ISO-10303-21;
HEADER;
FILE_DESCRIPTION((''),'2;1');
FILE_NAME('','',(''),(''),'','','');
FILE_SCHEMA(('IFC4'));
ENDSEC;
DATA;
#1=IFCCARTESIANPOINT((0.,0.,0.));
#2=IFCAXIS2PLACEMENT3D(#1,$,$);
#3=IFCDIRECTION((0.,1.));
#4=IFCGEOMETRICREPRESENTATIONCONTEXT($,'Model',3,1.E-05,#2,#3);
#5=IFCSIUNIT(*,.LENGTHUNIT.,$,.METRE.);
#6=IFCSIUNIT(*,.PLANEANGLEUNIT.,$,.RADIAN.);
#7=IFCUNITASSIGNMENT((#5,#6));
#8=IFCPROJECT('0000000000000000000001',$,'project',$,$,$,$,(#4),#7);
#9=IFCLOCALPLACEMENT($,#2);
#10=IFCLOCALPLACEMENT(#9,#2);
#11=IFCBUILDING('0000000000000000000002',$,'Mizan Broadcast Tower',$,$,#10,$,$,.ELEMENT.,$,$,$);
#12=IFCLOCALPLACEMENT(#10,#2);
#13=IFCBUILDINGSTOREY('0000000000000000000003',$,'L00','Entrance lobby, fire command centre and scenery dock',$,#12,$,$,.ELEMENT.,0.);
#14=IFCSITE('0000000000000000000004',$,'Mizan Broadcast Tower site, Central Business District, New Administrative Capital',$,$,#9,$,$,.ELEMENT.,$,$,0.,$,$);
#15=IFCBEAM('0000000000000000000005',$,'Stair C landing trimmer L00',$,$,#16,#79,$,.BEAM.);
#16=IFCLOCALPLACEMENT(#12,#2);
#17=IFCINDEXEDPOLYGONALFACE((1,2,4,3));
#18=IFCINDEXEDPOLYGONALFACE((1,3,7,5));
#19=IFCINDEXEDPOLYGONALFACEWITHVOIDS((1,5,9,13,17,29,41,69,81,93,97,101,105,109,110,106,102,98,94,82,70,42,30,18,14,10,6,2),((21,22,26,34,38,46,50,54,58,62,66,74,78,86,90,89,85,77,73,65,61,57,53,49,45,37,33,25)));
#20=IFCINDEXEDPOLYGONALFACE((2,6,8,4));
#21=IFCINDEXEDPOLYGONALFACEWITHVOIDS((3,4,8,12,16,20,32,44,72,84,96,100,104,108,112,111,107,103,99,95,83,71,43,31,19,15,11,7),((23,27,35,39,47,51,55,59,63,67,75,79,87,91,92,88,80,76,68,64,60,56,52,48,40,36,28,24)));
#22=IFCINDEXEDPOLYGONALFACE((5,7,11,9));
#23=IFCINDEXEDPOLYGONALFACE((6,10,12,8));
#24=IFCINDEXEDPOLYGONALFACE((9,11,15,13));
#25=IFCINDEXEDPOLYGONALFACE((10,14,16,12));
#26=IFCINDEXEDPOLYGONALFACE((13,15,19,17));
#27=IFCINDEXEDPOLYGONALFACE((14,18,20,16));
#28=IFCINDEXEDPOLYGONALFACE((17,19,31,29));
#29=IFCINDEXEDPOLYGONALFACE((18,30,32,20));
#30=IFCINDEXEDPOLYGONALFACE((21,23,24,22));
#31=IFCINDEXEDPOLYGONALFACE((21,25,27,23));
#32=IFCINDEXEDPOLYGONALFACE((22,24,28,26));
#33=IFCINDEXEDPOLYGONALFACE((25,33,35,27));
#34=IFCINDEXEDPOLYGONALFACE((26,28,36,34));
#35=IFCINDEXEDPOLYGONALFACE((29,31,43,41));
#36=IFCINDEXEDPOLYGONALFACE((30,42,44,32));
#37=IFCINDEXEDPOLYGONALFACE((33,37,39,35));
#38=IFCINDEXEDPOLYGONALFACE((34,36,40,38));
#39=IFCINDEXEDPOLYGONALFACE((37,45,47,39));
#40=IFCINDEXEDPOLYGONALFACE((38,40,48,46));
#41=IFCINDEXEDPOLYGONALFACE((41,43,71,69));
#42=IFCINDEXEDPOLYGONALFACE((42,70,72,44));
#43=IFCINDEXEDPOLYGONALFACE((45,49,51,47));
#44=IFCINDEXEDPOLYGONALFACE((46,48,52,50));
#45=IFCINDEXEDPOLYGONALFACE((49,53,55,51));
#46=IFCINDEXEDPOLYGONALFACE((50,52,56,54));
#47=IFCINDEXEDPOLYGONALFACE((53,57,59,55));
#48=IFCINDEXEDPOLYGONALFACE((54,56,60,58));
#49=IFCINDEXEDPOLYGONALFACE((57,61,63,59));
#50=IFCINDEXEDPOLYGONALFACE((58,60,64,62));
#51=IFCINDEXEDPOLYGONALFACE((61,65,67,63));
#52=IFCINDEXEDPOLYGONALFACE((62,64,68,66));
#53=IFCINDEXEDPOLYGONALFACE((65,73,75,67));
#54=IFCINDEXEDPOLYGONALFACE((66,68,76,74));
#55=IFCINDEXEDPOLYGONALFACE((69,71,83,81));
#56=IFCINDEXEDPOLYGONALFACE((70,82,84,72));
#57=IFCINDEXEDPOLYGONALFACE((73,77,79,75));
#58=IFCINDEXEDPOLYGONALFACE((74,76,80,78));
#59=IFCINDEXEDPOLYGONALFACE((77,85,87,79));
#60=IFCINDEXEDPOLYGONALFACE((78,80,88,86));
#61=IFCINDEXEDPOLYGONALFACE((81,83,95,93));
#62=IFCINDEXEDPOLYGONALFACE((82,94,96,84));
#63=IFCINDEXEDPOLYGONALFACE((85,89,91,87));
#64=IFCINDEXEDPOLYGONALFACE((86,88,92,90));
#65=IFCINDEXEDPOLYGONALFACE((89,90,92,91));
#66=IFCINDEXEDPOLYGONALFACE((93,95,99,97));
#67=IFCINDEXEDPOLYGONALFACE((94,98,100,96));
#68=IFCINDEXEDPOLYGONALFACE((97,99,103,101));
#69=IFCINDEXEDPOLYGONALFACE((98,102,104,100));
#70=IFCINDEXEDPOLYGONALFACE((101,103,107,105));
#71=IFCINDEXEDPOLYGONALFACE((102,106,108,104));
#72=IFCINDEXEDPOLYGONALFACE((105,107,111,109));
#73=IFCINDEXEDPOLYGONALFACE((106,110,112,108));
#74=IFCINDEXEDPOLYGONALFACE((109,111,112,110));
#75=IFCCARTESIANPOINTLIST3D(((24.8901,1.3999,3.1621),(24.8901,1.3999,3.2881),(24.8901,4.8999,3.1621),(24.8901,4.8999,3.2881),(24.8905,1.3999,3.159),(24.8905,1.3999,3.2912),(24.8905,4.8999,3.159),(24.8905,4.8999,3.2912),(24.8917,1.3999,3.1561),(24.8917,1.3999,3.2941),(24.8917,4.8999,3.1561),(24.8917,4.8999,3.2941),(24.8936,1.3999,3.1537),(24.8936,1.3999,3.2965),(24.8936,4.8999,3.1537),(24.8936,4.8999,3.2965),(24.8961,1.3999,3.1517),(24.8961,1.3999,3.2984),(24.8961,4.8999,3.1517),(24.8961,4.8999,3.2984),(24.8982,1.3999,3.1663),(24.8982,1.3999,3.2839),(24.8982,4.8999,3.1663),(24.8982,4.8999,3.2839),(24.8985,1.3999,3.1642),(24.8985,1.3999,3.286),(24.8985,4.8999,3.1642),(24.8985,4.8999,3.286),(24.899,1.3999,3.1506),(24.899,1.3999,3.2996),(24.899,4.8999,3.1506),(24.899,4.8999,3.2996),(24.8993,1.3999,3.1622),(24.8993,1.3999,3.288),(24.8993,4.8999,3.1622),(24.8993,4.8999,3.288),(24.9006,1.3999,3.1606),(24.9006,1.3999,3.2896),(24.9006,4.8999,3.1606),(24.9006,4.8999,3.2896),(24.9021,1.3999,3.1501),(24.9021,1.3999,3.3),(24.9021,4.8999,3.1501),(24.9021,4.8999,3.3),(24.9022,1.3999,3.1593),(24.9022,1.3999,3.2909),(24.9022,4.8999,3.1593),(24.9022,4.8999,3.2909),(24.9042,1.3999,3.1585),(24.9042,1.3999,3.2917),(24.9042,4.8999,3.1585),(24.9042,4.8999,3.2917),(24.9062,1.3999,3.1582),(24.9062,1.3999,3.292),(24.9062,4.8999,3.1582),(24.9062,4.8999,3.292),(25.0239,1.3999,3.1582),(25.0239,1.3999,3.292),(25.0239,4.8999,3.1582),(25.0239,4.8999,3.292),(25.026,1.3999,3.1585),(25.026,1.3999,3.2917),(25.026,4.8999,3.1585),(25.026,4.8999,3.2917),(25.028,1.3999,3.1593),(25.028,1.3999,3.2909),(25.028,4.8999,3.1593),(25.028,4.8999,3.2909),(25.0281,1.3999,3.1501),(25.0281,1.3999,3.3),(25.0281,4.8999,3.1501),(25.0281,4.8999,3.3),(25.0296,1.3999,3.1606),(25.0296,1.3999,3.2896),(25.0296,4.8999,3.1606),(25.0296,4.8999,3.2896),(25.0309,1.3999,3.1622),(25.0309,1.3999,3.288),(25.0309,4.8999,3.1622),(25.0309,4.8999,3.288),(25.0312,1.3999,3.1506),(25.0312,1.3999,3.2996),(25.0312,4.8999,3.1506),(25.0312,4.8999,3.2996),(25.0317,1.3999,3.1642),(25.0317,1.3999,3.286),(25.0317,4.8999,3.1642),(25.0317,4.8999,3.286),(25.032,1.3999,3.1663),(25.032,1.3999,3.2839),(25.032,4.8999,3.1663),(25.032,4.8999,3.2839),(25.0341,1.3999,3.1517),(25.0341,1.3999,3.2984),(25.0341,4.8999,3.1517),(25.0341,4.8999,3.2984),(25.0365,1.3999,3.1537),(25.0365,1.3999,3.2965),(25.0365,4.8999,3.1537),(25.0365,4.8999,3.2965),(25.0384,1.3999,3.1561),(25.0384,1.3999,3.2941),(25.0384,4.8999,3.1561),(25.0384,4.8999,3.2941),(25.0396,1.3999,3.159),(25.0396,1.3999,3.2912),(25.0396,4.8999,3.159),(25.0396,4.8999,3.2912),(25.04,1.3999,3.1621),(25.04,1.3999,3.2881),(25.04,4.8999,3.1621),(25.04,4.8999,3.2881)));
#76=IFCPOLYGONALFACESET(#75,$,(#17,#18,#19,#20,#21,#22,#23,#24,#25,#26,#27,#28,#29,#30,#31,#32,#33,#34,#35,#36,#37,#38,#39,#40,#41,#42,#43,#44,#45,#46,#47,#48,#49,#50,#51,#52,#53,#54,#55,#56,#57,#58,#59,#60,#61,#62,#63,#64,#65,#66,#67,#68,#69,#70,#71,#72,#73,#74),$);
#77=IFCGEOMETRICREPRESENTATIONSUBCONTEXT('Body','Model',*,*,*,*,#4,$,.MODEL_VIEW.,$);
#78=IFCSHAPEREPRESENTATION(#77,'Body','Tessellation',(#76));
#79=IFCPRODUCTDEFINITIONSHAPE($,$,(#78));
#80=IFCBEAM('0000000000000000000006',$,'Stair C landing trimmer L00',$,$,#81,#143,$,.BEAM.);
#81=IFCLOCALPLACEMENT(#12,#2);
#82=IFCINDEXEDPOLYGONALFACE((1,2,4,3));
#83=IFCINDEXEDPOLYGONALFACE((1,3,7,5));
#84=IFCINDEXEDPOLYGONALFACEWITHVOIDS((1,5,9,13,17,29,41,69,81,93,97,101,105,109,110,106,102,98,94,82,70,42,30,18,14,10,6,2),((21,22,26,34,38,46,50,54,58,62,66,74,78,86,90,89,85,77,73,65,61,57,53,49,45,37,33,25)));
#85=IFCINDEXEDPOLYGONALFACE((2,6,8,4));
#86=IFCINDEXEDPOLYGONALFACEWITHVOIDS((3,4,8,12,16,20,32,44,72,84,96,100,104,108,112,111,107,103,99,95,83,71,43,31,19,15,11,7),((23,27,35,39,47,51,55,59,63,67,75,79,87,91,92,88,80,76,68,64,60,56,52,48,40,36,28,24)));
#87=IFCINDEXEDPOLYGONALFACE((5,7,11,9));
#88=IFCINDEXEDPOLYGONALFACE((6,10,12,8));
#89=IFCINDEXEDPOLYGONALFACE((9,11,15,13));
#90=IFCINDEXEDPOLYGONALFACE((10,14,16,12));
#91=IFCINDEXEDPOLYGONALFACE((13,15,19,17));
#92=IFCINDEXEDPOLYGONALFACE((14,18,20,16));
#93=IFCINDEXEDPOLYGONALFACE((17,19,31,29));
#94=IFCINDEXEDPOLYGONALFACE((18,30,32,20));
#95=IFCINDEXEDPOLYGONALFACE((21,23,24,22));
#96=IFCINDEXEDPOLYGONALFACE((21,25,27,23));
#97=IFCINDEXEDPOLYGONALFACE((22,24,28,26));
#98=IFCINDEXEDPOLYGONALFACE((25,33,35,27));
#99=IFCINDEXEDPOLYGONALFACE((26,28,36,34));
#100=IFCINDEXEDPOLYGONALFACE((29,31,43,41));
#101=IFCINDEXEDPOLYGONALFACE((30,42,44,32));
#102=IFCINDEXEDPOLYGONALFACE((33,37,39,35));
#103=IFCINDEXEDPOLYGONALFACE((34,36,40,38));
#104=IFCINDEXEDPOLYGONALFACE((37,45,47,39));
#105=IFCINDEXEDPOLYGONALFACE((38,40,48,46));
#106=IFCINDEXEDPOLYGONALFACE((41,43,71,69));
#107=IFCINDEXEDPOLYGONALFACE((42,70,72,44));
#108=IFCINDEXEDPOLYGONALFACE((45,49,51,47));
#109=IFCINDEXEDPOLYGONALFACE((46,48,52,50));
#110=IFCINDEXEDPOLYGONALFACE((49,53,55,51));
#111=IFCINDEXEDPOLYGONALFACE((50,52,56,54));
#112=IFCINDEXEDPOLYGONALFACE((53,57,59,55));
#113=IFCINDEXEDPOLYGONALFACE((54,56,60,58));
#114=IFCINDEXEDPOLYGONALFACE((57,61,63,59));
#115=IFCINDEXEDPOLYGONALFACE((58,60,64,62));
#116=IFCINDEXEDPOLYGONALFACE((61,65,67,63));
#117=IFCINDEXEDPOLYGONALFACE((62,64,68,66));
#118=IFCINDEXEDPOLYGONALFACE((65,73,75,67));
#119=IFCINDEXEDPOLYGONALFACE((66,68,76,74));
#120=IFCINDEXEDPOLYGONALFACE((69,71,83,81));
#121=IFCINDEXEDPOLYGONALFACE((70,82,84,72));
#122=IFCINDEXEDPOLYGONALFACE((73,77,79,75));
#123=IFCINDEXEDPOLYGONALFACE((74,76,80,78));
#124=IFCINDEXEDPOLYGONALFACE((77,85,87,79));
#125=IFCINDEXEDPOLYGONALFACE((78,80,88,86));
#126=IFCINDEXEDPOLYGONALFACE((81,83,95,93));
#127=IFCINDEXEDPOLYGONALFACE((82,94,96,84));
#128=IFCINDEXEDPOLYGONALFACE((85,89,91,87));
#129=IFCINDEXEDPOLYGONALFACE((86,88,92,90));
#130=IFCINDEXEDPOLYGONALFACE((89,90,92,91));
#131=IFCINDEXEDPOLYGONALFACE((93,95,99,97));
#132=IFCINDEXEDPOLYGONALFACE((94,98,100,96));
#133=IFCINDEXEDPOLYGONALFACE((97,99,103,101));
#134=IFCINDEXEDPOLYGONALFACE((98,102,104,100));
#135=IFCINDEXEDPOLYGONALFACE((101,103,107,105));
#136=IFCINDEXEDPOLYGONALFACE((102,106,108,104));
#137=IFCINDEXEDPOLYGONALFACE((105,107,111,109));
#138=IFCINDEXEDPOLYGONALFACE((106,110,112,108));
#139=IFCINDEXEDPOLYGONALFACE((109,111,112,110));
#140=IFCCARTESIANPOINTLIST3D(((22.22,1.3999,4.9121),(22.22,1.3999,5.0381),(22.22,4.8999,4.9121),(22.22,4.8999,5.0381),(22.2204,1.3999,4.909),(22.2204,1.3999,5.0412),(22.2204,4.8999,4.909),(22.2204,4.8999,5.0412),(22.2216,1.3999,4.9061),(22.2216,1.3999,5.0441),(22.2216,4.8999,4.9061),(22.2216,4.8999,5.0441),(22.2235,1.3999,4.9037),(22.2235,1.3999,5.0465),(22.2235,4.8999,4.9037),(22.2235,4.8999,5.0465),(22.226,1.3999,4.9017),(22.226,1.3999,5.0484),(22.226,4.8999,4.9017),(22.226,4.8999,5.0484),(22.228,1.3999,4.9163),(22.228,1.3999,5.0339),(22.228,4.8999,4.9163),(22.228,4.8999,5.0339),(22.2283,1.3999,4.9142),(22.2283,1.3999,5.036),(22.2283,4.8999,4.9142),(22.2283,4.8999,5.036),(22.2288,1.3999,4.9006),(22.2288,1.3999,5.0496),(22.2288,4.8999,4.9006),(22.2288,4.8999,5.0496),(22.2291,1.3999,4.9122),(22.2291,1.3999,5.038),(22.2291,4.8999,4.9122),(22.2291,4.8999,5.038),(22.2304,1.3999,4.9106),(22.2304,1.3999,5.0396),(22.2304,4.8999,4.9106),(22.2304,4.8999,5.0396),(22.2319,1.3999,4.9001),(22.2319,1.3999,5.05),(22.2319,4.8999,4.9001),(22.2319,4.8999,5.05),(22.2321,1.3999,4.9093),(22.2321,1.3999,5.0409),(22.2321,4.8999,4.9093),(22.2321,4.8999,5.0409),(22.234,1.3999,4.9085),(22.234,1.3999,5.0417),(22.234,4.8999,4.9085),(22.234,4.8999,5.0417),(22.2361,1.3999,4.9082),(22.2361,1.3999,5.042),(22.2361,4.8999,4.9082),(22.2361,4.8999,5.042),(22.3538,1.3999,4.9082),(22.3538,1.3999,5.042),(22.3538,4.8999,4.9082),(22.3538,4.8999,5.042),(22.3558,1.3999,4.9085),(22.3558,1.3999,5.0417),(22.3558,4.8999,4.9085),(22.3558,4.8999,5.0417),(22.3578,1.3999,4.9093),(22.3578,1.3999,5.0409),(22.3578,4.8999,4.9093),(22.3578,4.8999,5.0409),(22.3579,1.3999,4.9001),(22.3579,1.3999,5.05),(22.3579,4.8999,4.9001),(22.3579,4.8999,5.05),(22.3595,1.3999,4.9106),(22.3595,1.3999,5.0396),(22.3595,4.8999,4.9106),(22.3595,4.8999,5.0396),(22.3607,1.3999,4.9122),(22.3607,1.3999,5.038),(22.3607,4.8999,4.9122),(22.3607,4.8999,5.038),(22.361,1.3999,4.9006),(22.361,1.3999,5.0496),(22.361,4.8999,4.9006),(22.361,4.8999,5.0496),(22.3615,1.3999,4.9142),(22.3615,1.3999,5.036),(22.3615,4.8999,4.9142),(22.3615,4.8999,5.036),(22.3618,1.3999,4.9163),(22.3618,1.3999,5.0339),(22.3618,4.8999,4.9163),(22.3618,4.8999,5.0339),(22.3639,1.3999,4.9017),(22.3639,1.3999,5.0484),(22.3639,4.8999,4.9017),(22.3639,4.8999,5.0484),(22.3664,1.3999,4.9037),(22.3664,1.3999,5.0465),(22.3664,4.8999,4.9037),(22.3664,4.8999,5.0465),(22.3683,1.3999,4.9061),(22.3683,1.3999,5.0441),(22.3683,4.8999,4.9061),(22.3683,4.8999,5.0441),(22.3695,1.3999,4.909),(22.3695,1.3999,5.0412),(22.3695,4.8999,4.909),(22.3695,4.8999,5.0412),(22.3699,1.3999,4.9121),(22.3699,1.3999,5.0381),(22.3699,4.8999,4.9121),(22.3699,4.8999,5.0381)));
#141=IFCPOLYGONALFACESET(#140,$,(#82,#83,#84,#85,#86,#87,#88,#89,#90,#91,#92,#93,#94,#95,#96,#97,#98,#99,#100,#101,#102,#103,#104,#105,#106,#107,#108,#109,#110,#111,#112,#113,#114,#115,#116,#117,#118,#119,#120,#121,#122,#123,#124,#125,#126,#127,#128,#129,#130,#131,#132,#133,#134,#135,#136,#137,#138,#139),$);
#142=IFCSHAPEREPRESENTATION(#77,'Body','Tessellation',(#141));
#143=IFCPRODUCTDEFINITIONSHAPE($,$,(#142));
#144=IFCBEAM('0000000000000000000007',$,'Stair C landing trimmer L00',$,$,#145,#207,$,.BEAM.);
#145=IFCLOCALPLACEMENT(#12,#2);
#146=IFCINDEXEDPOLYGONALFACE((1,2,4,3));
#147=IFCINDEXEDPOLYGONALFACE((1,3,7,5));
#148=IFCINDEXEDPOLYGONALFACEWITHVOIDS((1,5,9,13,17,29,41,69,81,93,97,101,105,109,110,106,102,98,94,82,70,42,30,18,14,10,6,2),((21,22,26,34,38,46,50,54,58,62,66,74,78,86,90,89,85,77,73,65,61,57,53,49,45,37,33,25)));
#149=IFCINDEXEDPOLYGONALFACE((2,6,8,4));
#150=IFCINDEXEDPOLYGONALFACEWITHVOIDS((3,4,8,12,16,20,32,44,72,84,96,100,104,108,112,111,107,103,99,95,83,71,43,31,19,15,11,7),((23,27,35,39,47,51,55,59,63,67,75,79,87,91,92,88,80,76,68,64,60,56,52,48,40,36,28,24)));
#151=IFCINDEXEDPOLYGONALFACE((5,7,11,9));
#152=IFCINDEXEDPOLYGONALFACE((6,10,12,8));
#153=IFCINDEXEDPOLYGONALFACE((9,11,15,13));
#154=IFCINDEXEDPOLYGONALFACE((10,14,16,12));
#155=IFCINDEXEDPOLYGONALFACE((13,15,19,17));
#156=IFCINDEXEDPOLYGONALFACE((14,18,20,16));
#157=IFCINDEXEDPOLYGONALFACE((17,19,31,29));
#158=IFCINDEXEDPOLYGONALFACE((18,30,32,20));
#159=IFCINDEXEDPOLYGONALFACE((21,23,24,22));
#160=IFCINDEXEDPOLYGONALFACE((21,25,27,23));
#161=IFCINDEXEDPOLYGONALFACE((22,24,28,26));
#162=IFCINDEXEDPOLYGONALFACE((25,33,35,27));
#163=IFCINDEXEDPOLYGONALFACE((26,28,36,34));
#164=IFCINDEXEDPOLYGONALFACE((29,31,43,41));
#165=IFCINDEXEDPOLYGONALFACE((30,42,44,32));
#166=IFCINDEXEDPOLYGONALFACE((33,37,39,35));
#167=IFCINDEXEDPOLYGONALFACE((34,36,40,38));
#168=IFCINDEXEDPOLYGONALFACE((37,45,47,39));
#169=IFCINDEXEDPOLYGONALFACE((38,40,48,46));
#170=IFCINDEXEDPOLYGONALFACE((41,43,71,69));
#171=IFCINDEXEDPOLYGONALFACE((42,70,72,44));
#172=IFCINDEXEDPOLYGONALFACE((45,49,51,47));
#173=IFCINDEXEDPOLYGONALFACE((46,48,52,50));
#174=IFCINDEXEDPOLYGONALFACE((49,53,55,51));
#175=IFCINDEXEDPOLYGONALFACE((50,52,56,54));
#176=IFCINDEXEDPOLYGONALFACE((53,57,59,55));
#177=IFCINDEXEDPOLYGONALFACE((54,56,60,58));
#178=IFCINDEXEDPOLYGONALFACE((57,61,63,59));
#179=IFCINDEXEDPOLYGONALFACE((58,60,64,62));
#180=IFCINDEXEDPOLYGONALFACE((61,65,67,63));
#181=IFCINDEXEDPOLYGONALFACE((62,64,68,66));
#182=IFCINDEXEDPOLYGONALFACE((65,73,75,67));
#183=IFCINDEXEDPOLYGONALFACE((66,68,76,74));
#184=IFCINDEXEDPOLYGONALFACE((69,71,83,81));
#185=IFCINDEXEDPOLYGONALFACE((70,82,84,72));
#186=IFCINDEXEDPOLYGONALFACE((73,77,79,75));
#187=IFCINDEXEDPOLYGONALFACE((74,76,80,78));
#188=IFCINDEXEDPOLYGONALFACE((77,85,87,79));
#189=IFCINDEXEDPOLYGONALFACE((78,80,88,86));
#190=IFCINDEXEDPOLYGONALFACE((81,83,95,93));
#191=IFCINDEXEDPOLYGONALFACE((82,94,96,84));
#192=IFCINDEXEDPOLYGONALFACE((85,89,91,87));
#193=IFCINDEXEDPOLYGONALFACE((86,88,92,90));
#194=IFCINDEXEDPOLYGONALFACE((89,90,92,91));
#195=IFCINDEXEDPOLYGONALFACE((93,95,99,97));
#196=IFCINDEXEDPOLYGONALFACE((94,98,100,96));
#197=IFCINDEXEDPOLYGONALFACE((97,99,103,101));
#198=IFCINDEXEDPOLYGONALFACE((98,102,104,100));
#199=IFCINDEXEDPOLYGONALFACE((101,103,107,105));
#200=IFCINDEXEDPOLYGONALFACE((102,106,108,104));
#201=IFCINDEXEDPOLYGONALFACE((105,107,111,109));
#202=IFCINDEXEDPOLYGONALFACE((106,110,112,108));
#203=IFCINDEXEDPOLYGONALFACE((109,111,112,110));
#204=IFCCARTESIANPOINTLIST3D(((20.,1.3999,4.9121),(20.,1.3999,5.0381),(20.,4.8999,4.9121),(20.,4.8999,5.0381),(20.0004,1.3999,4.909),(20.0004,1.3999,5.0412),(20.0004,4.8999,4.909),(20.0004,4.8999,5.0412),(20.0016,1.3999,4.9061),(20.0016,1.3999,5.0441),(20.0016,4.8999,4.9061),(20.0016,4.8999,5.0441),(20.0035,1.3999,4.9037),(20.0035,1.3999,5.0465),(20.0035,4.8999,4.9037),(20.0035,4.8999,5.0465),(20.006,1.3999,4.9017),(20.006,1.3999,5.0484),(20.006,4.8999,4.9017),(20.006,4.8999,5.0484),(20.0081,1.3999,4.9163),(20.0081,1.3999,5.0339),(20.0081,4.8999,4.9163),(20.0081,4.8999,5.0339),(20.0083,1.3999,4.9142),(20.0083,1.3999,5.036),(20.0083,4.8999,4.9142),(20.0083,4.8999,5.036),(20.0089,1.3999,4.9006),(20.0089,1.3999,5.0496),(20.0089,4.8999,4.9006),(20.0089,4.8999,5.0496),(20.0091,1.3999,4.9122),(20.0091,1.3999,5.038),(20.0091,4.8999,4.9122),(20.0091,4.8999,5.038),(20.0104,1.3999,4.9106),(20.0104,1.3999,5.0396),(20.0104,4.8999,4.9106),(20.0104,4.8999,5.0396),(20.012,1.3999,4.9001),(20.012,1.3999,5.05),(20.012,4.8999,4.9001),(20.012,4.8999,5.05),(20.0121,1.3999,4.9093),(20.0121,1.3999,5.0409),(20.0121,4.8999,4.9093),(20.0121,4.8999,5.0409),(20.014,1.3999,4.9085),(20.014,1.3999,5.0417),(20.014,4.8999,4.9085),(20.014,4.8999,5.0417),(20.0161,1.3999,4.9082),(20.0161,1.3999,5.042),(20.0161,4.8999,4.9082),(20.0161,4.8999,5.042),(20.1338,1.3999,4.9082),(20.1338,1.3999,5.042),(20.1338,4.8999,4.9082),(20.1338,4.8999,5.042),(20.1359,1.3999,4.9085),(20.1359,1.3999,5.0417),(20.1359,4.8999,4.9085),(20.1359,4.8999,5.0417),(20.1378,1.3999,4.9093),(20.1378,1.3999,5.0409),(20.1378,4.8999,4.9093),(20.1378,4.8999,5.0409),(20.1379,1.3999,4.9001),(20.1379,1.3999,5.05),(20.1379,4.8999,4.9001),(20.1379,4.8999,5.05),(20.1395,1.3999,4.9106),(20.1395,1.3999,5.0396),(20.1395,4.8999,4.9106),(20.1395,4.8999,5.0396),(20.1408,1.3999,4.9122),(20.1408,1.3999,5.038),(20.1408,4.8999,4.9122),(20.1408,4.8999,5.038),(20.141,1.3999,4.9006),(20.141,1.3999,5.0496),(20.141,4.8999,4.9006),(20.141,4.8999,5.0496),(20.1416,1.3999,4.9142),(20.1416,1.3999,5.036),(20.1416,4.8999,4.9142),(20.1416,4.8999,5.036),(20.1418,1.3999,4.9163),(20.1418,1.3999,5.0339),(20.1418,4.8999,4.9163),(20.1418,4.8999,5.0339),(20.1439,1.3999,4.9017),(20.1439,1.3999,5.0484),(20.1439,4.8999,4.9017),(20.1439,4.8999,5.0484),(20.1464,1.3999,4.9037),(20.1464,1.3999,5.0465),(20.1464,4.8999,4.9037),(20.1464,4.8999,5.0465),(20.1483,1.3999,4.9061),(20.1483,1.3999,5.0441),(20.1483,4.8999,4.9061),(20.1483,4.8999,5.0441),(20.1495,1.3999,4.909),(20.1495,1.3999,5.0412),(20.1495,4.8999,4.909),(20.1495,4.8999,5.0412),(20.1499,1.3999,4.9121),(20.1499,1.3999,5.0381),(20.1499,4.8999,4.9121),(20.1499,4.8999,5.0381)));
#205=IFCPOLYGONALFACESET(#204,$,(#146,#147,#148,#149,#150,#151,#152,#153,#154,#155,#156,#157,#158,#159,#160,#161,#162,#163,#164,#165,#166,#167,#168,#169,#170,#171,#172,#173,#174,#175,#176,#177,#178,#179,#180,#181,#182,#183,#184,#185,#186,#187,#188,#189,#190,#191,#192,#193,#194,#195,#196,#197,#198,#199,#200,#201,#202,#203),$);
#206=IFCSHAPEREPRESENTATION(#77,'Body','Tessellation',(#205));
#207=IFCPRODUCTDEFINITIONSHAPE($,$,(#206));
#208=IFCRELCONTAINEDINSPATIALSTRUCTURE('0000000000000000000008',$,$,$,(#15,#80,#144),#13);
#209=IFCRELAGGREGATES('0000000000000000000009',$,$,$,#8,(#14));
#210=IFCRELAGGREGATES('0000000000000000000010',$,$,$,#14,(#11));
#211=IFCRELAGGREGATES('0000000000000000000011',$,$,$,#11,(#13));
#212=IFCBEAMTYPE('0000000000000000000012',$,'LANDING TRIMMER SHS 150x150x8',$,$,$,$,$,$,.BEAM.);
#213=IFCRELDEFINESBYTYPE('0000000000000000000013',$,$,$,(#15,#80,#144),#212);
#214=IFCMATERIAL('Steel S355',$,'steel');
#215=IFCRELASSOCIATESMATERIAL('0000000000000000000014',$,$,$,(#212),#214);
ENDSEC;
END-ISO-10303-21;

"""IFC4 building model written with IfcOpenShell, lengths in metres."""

from ifc_helpers import new_model, si_unit, direction, frame, origin, origin_2d, place, context, subcontext, project, spatial, hollow_rectangle, extrude, material, material_profile, profile_set, type_object, element, save


model = new_model("IFC4")

# Units and contexts
model_context = context("Model", 3, precision=1e-05, world=origin(), true_north=direction((0.0, 1.0)))
body_context = subcontext(model_context, "Body", "Model", "MODEL_VIEW")
ifc_project = project(units=[si_unit("LENGTHUNIT", "METRE"), si_unit("PLANEANGLEUNIT", "RADIAN")], contexts=[model_context])

# Site, building, storey
site_placement = place(None, origin())
site = spatial("IfcSite", under=ifc_project, at=site_placement, Name="Mizan Broadcast Tower site, Central Business District, New Administrative Capital", CompositionType="ELEMENT", RefElevation=0.0)
building_placement = place(site_placement, origin())
building = spatial("IfcBuilding", under=site, at=building_placement, Name="Mizan Broadcast Tower", CompositionType="ELEMENT")
storey_placement = place(building_placement, origin())
storey = spatial("IfcBuildingStorey", under=building, at=storey_placement, Name="L00", Description="Entrance lobby, fire command centre and scenery dock", CompositionType="ELEMENT", Elevation=0.0)

# Beams
ifc_material_1 = material(Name="Steel S355", Category="steel")
ifc_material_profile_1 = material_profile(ifc_material_1, hollow_rectangle(XDim=0.1499, YDim=0.1499, WallThickness=0.0081, InnerFilletRadius=0.0081, OuterFilletRadius=0.012, at=origin_2d()), Name="SHS 150x150x8")
ifc_profile_set_1 = profile_set([ifc_material_profile_1], Name="Steel S355")
beam_type = type_object("IfcBeamType", Name="LANDING TRIMMER SHS 150x150x8", PredefinedType="BEAM", material=ifc_profile_set_1)
for number, where, z_axis, x_axis, name in (
    (1, (24.9651, 1.3999, 3.2251), (0.0, 1.0, 0.0), (-1.0, 0.0, 0.0), "Stair C landing trimmer L00"),
    (2, (22.2949, 1.3999, 4.9751), (0.0, 1.0, 0.0), (-1.0, 0.0, 0.0), "Stair C landing trimmer L00"),
    (3, (20.075, 1.3999, 4.9751), (0.0, 1.0, 0.0), (-1.0, 0.0, 0.0), "Stair C landing trimmer L00"),
):
    element("IfcBeam", number, at=place(storey_placement, frame(where, z_axis=z_axis, x_axis=x_axis)), inside=storey, type_object=beam_type, Name=name, PredefinedType="BEAM", context=body_context, shape_type="SweptSolid", body=[
        extrude(hollow_rectangle(XDim=0.1499, YDim=0.1499, WallThickness=0.0081, InnerFilletRadius=0.0081, OuterFilletRadius=0.012, at=origin_2d()), origin(), (0.0, 0.0, 1.0), 3.5),
    ])

save(model, "model.ifc")
